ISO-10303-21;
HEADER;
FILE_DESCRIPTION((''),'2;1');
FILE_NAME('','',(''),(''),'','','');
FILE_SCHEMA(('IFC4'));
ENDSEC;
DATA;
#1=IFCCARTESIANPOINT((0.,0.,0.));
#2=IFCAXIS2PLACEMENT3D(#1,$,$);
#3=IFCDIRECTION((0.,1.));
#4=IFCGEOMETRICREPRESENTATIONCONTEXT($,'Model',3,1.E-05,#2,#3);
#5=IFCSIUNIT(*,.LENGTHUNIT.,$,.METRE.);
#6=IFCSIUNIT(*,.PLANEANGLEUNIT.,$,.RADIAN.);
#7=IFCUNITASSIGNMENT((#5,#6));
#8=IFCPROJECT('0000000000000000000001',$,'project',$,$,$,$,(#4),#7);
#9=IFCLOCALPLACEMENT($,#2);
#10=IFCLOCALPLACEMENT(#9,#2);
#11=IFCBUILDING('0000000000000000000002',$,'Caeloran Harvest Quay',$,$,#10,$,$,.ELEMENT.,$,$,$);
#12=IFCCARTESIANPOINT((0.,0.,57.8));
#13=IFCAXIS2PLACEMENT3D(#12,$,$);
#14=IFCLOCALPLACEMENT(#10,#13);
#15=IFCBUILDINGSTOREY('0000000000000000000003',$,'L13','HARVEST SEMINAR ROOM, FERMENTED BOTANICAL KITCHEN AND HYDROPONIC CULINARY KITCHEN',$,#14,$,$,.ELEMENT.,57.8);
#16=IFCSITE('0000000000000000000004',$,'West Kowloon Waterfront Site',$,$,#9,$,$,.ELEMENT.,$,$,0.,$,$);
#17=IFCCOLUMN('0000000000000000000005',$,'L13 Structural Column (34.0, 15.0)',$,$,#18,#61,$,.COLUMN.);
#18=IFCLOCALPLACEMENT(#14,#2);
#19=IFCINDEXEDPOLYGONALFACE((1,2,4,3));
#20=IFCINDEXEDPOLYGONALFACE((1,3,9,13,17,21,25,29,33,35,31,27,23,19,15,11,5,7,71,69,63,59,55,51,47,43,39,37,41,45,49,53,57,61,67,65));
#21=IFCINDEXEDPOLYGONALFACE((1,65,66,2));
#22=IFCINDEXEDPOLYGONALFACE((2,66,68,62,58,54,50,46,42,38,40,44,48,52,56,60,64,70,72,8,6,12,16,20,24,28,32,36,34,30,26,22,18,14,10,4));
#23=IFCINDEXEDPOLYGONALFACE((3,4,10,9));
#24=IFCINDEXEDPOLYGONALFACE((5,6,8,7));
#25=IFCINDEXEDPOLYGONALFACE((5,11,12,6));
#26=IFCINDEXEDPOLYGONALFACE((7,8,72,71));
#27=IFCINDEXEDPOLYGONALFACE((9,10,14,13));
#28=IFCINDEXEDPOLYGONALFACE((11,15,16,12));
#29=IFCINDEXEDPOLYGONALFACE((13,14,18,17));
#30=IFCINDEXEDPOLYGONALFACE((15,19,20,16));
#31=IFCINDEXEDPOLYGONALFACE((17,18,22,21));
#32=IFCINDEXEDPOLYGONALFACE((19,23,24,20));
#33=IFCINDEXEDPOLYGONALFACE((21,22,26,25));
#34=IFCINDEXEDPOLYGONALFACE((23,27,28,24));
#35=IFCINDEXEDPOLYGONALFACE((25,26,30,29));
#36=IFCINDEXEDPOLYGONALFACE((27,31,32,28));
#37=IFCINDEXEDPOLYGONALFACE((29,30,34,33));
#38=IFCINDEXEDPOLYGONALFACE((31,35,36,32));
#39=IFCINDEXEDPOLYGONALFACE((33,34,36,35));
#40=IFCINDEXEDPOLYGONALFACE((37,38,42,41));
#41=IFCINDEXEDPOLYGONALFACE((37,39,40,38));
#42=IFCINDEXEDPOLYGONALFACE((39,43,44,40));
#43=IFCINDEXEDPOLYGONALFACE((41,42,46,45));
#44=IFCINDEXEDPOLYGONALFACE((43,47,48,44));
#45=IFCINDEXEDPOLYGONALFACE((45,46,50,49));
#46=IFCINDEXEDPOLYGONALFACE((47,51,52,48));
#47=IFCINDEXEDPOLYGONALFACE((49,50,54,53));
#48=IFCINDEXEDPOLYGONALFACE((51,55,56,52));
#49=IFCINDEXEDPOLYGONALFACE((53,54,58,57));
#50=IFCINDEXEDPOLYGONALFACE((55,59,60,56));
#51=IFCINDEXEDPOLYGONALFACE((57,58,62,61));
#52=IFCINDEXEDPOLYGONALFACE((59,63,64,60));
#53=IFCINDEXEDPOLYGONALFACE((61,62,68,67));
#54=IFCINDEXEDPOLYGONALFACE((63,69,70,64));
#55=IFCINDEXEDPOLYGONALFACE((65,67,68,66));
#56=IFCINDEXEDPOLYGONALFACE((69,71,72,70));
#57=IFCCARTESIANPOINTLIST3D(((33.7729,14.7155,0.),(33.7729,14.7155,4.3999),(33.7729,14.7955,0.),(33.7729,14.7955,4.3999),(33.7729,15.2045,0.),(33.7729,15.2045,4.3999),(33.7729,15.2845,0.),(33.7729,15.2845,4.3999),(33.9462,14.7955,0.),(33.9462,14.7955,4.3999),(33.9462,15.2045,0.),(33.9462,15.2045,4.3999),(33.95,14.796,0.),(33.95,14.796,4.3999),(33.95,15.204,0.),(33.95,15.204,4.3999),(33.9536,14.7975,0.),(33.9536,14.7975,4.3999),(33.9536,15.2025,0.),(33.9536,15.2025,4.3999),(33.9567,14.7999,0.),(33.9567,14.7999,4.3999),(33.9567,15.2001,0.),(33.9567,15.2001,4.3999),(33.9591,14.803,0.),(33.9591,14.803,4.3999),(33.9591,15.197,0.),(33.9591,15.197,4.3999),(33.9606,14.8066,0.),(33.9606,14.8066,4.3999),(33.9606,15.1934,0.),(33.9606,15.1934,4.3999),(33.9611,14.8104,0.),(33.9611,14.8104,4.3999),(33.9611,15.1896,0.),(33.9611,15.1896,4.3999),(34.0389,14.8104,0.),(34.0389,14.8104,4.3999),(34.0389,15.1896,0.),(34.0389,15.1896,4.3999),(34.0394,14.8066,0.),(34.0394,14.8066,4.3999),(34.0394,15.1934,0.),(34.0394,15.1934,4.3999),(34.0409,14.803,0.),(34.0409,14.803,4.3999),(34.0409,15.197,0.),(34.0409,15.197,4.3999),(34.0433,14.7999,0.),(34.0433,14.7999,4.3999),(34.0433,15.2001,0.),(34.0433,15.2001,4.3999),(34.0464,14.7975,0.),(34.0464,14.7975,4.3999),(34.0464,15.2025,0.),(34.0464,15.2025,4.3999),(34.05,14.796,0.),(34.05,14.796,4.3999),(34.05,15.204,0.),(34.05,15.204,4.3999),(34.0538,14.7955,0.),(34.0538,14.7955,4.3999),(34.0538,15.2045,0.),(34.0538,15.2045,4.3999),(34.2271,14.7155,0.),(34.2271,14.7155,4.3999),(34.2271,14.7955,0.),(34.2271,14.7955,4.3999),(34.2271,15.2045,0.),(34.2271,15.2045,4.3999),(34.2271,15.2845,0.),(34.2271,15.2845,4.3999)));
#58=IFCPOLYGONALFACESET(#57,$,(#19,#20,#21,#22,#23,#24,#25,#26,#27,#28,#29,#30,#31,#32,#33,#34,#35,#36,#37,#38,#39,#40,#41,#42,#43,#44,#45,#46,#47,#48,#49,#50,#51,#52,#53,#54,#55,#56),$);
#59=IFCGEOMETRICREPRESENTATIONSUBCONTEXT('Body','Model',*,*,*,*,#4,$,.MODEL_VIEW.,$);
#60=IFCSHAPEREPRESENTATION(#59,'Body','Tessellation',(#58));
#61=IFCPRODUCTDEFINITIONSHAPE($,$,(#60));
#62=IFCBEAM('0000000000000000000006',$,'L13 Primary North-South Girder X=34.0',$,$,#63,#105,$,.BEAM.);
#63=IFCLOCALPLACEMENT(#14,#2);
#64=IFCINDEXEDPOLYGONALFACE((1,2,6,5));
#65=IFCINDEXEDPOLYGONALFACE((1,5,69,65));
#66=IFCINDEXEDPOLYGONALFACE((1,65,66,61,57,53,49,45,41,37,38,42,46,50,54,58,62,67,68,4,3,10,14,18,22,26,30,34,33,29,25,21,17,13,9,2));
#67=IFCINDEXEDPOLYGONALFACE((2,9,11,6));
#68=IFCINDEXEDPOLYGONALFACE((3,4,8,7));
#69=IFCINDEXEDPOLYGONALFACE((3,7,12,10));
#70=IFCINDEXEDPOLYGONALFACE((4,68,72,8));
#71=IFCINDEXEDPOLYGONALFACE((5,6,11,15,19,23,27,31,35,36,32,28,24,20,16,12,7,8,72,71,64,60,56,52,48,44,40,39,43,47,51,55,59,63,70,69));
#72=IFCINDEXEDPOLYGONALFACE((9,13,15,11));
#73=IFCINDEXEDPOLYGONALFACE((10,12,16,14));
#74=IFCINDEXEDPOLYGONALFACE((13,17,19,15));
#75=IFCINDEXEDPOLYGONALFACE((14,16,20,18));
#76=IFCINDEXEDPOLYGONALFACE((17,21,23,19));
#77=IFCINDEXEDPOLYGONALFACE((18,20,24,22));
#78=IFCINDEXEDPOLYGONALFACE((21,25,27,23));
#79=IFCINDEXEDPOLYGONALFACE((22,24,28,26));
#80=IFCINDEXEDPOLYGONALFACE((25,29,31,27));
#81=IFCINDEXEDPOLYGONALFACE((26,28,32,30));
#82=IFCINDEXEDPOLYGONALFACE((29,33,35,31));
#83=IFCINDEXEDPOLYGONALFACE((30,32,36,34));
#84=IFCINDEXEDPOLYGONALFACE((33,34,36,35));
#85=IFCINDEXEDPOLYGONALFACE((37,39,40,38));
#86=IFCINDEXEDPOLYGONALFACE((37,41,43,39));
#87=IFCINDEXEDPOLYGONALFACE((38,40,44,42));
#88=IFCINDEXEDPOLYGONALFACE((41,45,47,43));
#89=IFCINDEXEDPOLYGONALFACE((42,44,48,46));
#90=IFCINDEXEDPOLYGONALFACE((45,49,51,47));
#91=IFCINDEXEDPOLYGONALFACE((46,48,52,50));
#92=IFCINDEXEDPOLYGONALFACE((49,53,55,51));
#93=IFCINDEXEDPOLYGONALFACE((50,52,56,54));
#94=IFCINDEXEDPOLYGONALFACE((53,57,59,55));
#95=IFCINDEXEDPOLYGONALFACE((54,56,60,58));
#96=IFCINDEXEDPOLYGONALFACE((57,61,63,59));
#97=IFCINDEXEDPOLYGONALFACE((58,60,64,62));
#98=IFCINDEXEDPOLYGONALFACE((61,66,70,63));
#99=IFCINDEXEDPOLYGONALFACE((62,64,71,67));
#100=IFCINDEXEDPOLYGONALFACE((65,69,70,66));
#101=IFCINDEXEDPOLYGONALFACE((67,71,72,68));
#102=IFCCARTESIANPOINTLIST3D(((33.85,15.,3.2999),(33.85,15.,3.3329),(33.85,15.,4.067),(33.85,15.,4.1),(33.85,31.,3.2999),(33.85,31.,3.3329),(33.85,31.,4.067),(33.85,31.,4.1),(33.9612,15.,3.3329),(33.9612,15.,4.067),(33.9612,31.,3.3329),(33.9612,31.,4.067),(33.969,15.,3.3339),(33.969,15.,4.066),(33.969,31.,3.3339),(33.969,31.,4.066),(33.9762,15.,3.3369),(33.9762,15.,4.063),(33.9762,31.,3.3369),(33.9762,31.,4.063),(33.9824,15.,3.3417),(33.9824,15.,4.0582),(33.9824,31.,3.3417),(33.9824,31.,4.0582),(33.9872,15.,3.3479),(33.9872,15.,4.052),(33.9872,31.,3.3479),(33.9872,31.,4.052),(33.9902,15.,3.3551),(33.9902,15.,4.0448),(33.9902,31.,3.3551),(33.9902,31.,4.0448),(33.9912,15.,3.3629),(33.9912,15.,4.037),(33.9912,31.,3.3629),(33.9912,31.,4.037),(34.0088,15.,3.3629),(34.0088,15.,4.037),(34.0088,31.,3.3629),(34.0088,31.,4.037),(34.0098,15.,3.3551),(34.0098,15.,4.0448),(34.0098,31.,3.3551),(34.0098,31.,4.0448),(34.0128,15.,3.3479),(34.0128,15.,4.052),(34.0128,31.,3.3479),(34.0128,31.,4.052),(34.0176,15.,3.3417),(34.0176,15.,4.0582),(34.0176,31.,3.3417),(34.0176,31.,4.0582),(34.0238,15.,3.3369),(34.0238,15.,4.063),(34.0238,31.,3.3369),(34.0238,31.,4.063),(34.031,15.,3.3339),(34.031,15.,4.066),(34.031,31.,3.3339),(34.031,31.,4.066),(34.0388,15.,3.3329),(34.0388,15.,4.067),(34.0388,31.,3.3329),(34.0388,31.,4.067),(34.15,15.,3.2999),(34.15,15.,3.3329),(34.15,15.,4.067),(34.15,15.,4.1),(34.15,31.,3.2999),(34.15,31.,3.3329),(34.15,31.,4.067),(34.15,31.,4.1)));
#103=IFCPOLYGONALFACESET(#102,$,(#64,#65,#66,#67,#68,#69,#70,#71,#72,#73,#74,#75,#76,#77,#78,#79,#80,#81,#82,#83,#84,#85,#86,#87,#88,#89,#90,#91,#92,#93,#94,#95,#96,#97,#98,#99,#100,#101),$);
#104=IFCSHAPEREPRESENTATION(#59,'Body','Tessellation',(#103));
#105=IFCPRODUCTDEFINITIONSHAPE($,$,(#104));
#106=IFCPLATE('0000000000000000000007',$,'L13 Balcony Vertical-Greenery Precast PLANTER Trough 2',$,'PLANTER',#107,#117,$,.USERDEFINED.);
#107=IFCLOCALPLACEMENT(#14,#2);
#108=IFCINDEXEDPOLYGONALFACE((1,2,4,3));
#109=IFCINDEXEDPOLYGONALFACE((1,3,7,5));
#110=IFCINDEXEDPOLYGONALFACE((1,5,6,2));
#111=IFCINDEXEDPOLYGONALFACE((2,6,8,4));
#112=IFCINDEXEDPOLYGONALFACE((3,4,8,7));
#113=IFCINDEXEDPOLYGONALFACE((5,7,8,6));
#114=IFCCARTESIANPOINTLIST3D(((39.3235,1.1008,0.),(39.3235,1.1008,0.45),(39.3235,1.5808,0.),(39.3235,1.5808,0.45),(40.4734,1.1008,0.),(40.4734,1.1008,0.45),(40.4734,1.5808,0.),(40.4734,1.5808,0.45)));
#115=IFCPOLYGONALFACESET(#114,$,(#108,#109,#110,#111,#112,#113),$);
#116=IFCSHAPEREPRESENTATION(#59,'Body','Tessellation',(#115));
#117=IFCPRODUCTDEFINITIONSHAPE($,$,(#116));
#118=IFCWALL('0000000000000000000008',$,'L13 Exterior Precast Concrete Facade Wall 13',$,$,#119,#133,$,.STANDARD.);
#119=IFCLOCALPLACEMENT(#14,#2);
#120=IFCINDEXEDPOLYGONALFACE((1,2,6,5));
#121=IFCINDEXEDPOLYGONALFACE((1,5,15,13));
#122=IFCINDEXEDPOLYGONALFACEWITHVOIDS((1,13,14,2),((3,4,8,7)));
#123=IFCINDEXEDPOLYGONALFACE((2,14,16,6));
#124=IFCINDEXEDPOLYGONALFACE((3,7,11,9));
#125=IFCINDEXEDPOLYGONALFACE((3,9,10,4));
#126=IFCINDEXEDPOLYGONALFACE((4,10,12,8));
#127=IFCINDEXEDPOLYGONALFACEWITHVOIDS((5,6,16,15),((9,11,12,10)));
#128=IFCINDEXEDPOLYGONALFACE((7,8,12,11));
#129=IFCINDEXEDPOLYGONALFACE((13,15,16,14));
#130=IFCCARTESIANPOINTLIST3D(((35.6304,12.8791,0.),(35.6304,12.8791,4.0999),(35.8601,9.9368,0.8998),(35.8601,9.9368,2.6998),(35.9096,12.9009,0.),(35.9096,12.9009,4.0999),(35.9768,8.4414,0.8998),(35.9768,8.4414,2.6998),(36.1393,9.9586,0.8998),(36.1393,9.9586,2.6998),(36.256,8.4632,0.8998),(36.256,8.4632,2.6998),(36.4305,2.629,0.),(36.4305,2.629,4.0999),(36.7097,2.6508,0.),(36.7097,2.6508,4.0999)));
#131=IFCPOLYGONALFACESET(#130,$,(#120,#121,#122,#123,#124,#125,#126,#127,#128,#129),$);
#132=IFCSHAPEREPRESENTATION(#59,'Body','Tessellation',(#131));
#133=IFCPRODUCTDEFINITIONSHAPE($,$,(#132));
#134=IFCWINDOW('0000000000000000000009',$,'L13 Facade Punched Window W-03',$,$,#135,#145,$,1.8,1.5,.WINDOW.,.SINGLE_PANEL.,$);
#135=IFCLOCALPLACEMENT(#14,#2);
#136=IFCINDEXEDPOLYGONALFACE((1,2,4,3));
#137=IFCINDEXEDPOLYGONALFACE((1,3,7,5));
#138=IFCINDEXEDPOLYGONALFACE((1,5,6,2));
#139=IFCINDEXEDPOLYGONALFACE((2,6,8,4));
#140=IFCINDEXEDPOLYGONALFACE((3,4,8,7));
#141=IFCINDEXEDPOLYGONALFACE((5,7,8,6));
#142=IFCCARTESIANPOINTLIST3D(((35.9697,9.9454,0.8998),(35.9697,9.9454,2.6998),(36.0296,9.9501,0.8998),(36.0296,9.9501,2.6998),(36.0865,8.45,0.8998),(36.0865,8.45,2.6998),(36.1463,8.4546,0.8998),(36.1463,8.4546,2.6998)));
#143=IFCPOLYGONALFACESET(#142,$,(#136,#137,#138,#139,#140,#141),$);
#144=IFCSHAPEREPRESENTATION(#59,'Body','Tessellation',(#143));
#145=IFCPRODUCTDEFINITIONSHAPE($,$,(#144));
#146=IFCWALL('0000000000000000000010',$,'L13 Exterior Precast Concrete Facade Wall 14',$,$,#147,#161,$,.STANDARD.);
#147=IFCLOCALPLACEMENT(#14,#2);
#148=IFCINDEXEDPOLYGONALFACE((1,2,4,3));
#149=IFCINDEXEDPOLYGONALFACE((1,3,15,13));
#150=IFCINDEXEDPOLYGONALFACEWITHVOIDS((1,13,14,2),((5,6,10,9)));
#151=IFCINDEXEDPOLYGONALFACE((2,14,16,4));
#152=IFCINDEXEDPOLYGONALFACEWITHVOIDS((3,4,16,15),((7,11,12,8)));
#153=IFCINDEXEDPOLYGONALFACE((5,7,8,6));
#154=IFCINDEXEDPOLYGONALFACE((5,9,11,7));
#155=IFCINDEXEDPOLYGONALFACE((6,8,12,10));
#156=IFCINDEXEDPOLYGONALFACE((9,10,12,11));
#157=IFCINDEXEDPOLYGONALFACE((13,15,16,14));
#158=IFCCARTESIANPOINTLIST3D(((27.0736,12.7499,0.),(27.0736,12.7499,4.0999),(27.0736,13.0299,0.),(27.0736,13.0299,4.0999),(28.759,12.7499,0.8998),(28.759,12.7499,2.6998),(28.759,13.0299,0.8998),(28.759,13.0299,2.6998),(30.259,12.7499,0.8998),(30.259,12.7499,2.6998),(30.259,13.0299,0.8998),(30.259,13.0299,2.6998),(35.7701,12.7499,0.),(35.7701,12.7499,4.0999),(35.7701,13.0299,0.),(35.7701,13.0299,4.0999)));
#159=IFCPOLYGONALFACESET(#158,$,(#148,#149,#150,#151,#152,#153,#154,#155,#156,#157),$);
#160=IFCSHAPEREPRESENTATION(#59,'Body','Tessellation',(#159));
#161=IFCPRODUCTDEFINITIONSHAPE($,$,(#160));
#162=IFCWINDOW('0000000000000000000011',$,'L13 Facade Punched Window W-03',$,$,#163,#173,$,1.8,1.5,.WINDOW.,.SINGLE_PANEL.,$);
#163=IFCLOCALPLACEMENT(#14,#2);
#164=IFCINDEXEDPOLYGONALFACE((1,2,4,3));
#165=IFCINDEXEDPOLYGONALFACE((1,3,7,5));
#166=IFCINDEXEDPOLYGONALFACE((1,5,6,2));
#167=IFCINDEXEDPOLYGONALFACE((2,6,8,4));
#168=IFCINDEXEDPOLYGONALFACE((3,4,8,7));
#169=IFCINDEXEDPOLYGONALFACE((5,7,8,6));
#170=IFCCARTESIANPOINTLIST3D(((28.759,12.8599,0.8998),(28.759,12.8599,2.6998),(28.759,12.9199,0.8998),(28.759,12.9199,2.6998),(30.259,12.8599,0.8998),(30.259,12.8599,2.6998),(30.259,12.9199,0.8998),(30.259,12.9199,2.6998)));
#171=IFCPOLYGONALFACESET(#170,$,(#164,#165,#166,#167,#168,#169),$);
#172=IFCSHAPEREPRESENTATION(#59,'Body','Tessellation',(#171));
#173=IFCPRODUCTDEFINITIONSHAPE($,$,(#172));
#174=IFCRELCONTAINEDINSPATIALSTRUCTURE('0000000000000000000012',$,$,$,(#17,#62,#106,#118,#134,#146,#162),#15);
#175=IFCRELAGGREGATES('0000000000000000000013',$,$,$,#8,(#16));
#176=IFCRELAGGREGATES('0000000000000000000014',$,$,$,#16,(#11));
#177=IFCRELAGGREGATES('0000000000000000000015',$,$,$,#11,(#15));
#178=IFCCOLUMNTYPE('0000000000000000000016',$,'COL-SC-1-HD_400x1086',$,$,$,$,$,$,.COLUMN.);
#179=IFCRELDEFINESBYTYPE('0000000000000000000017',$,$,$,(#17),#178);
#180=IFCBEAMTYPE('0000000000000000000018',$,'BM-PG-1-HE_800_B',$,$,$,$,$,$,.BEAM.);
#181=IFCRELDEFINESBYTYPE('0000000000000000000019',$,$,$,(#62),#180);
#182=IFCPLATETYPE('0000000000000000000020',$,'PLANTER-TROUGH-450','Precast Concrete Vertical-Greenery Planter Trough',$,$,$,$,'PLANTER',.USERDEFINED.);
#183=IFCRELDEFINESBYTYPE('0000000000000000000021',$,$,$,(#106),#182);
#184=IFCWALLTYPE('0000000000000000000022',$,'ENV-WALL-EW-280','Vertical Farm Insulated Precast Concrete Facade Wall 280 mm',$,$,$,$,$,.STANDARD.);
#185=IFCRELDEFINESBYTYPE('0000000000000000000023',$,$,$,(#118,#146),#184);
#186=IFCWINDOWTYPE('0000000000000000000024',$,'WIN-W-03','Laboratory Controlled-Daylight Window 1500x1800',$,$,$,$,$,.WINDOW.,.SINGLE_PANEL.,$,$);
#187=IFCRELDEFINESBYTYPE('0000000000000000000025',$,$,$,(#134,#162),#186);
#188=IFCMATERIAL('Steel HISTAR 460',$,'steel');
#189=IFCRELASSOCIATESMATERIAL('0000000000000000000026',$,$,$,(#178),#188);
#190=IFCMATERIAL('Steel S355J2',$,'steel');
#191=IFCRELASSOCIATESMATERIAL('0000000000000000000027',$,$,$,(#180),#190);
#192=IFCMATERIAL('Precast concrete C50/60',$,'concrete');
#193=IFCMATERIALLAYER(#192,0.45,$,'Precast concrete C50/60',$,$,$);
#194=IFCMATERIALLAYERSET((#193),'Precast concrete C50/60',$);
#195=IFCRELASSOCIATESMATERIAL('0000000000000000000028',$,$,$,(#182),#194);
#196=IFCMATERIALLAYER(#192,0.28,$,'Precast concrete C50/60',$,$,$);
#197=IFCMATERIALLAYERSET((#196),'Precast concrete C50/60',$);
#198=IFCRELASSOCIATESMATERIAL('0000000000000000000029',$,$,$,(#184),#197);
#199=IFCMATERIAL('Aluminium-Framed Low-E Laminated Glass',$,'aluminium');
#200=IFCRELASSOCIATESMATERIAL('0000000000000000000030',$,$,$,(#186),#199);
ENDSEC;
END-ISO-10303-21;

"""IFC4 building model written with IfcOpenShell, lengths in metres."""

from ifc_helpers import new_model, si_unit, direction, frame, frame_2d, origin, origin_2d, place, context, subcontext, project, spatial, rectangle, i_section, extrude, material, layer, layer_set, material_profile, profile_set, type_object, element, fill, save


model = new_model("IFC4")

# Units and contexts
model_context = context("Model", 3, precision=1e-05, world=origin(), true_north=direction((0.0, 1.0)))
body_context = subcontext(model_context, "Body", "Model", "MODEL_VIEW")
ifc_project = project(units=[si_unit("LENGTHUNIT", "METRE"), si_unit("PLANEANGLEUNIT", "RADIAN")], contexts=[model_context])

# Site, building, storey
site_placement = place(None, origin())
site = spatial("IfcSite", under=ifc_project, at=site_placement, Name="West Kowloon Waterfront Site", CompositionType="ELEMENT", RefElevation=0.0)
building_placement = place(site_placement, origin())
building = spatial("IfcBuilding", under=site, at=building_placement, Name="Caeloran Harvest Quay", CompositionType="ELEMENT")
storey_placement = place(building_placement, frame((0.0, 0.0, 57.8)))
storey = spatial("IfcBuildingStorey", under=building, at=storey_placement, Name="L13", Description="HARVEST SEMINAR ROOM, FERMENTED BOTANICAL KITCHEN AND HYDROPONIC CULINARY KITCHEN", CompositionType="ELEMENT", Elevation=57.8)

# Column
ifc_material_1 = material(Name="Steel HISTAR 460", Category="steel")
ifc_material_profile_1 = material_profile(ifc_material_1, i_section(OverallWidth=0.4541, OverallDepth=0.5691, WebThickness=0.0779, FlangeThickness=0.0801, FilletRadius=0.0149, at=origin_2d()), Name="HD 400x1086")
ifc_profile_set_1 = profile_set([ifc_material_profile_1], Name="Steel HISTAR 460")
column_type = type_object("IfcColumnType", Name="COL-SC-1-HD_400x1086", PredefinedType="COLUMN", material=ifc_profile_set_1)
column_placement = place(storey_placement, frame((34.0, 15.0, 0.0), z_axis=(0.0, 0.0, 1.0), x_axis=(1.0, 0.0, 0.0)))
element("IfcColumn", 1, at=column_placement, inside=storey, type_object=column_type, Name="L13 Structural Column (34.0, 15.0)", PredefinedType="COLUMN", context=body_context, shape_type="SweptSolid", body=[
    extrude(i_section(OverallWidth=0.4541, OverallDepth=0.5691, WebThickness=0.0779, FlangeThickness=0.0801, FilletRadius=0.0149, at=origin_2d()), origin(), (0.0, 0.0, 1.0), 4.3999),
])

# Beam
ifc_material_2 = material(Name="Steel S355J2", Category="steel")
ifc_material_profile_2 = material_profile(ifc_material_2, i_section(OverallWidth=0.3, OverallDepth=0.8, WebThickness=0.0176, FlangeThickness=0.033, FilletRadius=0.03, at=origin_2d()), Name="HE 800 B")
ifc_profile_set_2 = profile_set([ifc_material_profile_2], Name="Steel S355J2")
beam_type = type_object("IfcBeamType", Name="BM-PG-1-HE_800_B", PredefinedType="BEAM", material=ifc_profile_set_2)
beam_placement = place(storey_placement, frame((34.0, 15.0, 3.7), z_axis=(0.0, 1.0, 0.0), x_axis=(-1.0, 0.0, 0.0)))
element("IfcBeam", 2, at=beam_placement, inside=storey, type_object=beam_type, Name="L13 Primary North-South Girder X=34.0", PredefinedType="BEAM", context=body_context, shape_type="SweptSolid", body=[
    extrude(i_section(OverallWidth=0.3, OverallDepth=0.8, WebThickness=0.0176, FlangeThickness=0.033, FilletRadius=0.03, at=origin_2d()), origin(), (0.0, 0.0, 1.0), 16.0),
])

# Plate
ifc_material_3 = material(Name="Precast concrete C50/60", Category="concrete")
ifc_layer_1 = layer(ifc_material_3, 0.45, Name="Precast concrete C50/60")
ifc_layer_set_1 = layer_set([ifc_layer_1], Name="Precast concrete C50/60")
plate_type = type_object("IfcPlateType", Name="PLANTER-TROUGH-450", Description="Precast Concrete Vertical-Greenery Planter Trough", ElementType="PLANTER", PredefinedType="USERDEFINED", material=ifc_layer_set_1)
plate_placement = place(storey_placement, frame((39.8984, 1.3408, 0.0), z_axis=(0.0, 0.0, 1.0), x_axis=(1.0, 0.0, 0.0)))
element("IfcPlate", 3, at=plate_placement, inside=storey, type_object=plate_type, Name="L13 Balcony Vertical-Greenery Precast PLANTER Trough 2", ObjectType="PLANTER", PredefinedType="USERDEFINED", context=body_context, shape_type="SweptSolid", body=[
    extrude(rectangle(XDim=1.1499, YDim=0.48, at=origin_2d()), origin(), (0.0, 0.0, 1.0), 0.45),
])

# Walls, openings, windows
ifc_layer_2 = layer(ifc_material_3, 0.28, Name="Precast concrete C50/60")
ifc_layer_set_2 = layer_set([ifc_layer_2], Name="Precast concrete C50/60")
wall_type_1 = type_object("IfcWallType", Name="ENV-WALL-EW-280", Description="Vertical Farm Insulated Precast Concrete Facade Wall 280 mm", PredefinedType="STANDARD", material=ifc_layer_set_2)
wall_1_placement = place(storey_placement, frame((36.5701, 2.6399, 0.0), z_axis=(0.0, 0.0, 1.0), x_axis=(-0.077817, 0.996968, 0.0)))
wall_1 = element("IfcWall", 4, at=wall_1_placement, inside=storey, type_object=wall_type_1, Name="L13 Exterior Precast Concrete Facade Wall 13", PredefinedType="STANDARD", context=body_context, shape_type="SweptSolid", body=[
    extrude(rectangle(XDim=10.2812, YDim=0.28, at=frame_2d((5.1406, 0.0))), origin(), (0.0, 0.0, 1.0), 4.0999),
])
opening_1_placement = place(wall_1_placement, frame((5.8301, 0.0, 0.8999)))
opening_1 = element("IfcOpeningElement", 5, at=opening_1_placement, cuts=wall_1, PredefinedType="OPENING", context=body_context, shape_type="SweptSolid", body=[
    extrude(rectangle(XDim=1.5, YDim=1.8, at=frame_2d((0.75, 0.8999))), frame((0.0, 0.1499, 0.0), z_axis=(0.0, -1.0, 0.0), x_axis=(1.0, 0.0, 0.0)), (0.0, 0.0, 1.0), 0.3),
])
ifc_material_4 = material(Name="Aluminium-Framed Low-E Laminated Glass", Category="aluminium")
window_type = type_object("IfcWindowType", Name="WIN-W-03", Description="Laboratory Controlled-Daylight Window 1500x1800", PartitioningType="SINGLE_PANEL", PredefinedType="WINDOW", material=ifc_material_4)
window_1_placement = place(opening_1_placement, origin())
window_1 = element("IfcWindow", 6, at=window_1_placement, inside=storey, type_object=window_type, Name="L13 Facade Punched Window W-03", OverallHeight=1.8, OverallWidth=1.5, PartitioningType="SINGLE_PANEL", PredefinedType="WINDOW", context=body_context, shape_type="SweptSolid", body=[
    extrude(rectangle(XDim=1.5, YDim=1.8, at=frame_2d((0.75, 0.8999))), frame((0.0, 0.03, 0.0), z_axis=(0.0, -1.0, 0.0), x_axis=(1.0, 0.0, 0.0)), (0.0, 0.0, 1.0), 0.0601),
])
fill(opening_1, window_1)
wall_2_placement = place(storey_placement, frame((35.77, 12.8899, 0.0), z_axis=(0.0, 0.0, 1.0), x_axis=(-1.0, 0.0, 0.0)))
wall_2 = element("IfcWall", 7, at=wall_2_placement, inside=storey, type_object=wall_type_1, Name="L13 Exterior Precast Concrete Facade Wall 14", PredefinedType="STANDARD", context=body_context, shape_type="SweptSolid", body=[
    extrude(rectangle(XDim=8.6965, YDim=0.28, at=frame_2d((4.3481, 0.0))), origin(), (0.0, 0.0, 1.0), 4.0999),
])
opening_2_placement = place(wall_2_placement, frame((5.511, 0.0, 0.8999)))
opening_2 = element("IfcOpeningElement", 8, at=opening_2_placement, cuts=wall_2, PredefinedType="OPENING", context=body_context, shape_type="SweptSolid", body=[
    extrude(rectangle(XDim=1.5, YDim=1.8, at=frame_2d((0.75, 0.8999))), frame((0.0, 0.1499, 0.0), z_axis=(0.0, -1.0, 0.0), x_axis=(1.0, 0.0, 0.0)), (0.0, 0.0, 1.0), 0.3),
])
window_2_placement = place(opening_2_placement, origin())
window_2 = element("IfcWindow", 9, at=window_2_placement, inside=storey, type_object=window_type, Name="L13 Facade Punched Window W-03", OverallHeight=1.8, OverallWidth=1.5, PartitioningType="SINGLE_PANEL", PredefinedType="WINDOW", context=body_context, shape_type="SweptSolid", body=[
    extrude(rectangle(XDim=1.5, YDim=1.8, at=frame_2d((0.75, 0.8999))), frame((0.0, 0.03, 0.0), z_axis=(0.0, -1.0, 0.0), x_axis=(1.0, 0.0, 0.0)), (0.0, 0.0, 1.0), 0.0601),
])
fill(opening_2, window_2)

save(model, "model.ifc")
